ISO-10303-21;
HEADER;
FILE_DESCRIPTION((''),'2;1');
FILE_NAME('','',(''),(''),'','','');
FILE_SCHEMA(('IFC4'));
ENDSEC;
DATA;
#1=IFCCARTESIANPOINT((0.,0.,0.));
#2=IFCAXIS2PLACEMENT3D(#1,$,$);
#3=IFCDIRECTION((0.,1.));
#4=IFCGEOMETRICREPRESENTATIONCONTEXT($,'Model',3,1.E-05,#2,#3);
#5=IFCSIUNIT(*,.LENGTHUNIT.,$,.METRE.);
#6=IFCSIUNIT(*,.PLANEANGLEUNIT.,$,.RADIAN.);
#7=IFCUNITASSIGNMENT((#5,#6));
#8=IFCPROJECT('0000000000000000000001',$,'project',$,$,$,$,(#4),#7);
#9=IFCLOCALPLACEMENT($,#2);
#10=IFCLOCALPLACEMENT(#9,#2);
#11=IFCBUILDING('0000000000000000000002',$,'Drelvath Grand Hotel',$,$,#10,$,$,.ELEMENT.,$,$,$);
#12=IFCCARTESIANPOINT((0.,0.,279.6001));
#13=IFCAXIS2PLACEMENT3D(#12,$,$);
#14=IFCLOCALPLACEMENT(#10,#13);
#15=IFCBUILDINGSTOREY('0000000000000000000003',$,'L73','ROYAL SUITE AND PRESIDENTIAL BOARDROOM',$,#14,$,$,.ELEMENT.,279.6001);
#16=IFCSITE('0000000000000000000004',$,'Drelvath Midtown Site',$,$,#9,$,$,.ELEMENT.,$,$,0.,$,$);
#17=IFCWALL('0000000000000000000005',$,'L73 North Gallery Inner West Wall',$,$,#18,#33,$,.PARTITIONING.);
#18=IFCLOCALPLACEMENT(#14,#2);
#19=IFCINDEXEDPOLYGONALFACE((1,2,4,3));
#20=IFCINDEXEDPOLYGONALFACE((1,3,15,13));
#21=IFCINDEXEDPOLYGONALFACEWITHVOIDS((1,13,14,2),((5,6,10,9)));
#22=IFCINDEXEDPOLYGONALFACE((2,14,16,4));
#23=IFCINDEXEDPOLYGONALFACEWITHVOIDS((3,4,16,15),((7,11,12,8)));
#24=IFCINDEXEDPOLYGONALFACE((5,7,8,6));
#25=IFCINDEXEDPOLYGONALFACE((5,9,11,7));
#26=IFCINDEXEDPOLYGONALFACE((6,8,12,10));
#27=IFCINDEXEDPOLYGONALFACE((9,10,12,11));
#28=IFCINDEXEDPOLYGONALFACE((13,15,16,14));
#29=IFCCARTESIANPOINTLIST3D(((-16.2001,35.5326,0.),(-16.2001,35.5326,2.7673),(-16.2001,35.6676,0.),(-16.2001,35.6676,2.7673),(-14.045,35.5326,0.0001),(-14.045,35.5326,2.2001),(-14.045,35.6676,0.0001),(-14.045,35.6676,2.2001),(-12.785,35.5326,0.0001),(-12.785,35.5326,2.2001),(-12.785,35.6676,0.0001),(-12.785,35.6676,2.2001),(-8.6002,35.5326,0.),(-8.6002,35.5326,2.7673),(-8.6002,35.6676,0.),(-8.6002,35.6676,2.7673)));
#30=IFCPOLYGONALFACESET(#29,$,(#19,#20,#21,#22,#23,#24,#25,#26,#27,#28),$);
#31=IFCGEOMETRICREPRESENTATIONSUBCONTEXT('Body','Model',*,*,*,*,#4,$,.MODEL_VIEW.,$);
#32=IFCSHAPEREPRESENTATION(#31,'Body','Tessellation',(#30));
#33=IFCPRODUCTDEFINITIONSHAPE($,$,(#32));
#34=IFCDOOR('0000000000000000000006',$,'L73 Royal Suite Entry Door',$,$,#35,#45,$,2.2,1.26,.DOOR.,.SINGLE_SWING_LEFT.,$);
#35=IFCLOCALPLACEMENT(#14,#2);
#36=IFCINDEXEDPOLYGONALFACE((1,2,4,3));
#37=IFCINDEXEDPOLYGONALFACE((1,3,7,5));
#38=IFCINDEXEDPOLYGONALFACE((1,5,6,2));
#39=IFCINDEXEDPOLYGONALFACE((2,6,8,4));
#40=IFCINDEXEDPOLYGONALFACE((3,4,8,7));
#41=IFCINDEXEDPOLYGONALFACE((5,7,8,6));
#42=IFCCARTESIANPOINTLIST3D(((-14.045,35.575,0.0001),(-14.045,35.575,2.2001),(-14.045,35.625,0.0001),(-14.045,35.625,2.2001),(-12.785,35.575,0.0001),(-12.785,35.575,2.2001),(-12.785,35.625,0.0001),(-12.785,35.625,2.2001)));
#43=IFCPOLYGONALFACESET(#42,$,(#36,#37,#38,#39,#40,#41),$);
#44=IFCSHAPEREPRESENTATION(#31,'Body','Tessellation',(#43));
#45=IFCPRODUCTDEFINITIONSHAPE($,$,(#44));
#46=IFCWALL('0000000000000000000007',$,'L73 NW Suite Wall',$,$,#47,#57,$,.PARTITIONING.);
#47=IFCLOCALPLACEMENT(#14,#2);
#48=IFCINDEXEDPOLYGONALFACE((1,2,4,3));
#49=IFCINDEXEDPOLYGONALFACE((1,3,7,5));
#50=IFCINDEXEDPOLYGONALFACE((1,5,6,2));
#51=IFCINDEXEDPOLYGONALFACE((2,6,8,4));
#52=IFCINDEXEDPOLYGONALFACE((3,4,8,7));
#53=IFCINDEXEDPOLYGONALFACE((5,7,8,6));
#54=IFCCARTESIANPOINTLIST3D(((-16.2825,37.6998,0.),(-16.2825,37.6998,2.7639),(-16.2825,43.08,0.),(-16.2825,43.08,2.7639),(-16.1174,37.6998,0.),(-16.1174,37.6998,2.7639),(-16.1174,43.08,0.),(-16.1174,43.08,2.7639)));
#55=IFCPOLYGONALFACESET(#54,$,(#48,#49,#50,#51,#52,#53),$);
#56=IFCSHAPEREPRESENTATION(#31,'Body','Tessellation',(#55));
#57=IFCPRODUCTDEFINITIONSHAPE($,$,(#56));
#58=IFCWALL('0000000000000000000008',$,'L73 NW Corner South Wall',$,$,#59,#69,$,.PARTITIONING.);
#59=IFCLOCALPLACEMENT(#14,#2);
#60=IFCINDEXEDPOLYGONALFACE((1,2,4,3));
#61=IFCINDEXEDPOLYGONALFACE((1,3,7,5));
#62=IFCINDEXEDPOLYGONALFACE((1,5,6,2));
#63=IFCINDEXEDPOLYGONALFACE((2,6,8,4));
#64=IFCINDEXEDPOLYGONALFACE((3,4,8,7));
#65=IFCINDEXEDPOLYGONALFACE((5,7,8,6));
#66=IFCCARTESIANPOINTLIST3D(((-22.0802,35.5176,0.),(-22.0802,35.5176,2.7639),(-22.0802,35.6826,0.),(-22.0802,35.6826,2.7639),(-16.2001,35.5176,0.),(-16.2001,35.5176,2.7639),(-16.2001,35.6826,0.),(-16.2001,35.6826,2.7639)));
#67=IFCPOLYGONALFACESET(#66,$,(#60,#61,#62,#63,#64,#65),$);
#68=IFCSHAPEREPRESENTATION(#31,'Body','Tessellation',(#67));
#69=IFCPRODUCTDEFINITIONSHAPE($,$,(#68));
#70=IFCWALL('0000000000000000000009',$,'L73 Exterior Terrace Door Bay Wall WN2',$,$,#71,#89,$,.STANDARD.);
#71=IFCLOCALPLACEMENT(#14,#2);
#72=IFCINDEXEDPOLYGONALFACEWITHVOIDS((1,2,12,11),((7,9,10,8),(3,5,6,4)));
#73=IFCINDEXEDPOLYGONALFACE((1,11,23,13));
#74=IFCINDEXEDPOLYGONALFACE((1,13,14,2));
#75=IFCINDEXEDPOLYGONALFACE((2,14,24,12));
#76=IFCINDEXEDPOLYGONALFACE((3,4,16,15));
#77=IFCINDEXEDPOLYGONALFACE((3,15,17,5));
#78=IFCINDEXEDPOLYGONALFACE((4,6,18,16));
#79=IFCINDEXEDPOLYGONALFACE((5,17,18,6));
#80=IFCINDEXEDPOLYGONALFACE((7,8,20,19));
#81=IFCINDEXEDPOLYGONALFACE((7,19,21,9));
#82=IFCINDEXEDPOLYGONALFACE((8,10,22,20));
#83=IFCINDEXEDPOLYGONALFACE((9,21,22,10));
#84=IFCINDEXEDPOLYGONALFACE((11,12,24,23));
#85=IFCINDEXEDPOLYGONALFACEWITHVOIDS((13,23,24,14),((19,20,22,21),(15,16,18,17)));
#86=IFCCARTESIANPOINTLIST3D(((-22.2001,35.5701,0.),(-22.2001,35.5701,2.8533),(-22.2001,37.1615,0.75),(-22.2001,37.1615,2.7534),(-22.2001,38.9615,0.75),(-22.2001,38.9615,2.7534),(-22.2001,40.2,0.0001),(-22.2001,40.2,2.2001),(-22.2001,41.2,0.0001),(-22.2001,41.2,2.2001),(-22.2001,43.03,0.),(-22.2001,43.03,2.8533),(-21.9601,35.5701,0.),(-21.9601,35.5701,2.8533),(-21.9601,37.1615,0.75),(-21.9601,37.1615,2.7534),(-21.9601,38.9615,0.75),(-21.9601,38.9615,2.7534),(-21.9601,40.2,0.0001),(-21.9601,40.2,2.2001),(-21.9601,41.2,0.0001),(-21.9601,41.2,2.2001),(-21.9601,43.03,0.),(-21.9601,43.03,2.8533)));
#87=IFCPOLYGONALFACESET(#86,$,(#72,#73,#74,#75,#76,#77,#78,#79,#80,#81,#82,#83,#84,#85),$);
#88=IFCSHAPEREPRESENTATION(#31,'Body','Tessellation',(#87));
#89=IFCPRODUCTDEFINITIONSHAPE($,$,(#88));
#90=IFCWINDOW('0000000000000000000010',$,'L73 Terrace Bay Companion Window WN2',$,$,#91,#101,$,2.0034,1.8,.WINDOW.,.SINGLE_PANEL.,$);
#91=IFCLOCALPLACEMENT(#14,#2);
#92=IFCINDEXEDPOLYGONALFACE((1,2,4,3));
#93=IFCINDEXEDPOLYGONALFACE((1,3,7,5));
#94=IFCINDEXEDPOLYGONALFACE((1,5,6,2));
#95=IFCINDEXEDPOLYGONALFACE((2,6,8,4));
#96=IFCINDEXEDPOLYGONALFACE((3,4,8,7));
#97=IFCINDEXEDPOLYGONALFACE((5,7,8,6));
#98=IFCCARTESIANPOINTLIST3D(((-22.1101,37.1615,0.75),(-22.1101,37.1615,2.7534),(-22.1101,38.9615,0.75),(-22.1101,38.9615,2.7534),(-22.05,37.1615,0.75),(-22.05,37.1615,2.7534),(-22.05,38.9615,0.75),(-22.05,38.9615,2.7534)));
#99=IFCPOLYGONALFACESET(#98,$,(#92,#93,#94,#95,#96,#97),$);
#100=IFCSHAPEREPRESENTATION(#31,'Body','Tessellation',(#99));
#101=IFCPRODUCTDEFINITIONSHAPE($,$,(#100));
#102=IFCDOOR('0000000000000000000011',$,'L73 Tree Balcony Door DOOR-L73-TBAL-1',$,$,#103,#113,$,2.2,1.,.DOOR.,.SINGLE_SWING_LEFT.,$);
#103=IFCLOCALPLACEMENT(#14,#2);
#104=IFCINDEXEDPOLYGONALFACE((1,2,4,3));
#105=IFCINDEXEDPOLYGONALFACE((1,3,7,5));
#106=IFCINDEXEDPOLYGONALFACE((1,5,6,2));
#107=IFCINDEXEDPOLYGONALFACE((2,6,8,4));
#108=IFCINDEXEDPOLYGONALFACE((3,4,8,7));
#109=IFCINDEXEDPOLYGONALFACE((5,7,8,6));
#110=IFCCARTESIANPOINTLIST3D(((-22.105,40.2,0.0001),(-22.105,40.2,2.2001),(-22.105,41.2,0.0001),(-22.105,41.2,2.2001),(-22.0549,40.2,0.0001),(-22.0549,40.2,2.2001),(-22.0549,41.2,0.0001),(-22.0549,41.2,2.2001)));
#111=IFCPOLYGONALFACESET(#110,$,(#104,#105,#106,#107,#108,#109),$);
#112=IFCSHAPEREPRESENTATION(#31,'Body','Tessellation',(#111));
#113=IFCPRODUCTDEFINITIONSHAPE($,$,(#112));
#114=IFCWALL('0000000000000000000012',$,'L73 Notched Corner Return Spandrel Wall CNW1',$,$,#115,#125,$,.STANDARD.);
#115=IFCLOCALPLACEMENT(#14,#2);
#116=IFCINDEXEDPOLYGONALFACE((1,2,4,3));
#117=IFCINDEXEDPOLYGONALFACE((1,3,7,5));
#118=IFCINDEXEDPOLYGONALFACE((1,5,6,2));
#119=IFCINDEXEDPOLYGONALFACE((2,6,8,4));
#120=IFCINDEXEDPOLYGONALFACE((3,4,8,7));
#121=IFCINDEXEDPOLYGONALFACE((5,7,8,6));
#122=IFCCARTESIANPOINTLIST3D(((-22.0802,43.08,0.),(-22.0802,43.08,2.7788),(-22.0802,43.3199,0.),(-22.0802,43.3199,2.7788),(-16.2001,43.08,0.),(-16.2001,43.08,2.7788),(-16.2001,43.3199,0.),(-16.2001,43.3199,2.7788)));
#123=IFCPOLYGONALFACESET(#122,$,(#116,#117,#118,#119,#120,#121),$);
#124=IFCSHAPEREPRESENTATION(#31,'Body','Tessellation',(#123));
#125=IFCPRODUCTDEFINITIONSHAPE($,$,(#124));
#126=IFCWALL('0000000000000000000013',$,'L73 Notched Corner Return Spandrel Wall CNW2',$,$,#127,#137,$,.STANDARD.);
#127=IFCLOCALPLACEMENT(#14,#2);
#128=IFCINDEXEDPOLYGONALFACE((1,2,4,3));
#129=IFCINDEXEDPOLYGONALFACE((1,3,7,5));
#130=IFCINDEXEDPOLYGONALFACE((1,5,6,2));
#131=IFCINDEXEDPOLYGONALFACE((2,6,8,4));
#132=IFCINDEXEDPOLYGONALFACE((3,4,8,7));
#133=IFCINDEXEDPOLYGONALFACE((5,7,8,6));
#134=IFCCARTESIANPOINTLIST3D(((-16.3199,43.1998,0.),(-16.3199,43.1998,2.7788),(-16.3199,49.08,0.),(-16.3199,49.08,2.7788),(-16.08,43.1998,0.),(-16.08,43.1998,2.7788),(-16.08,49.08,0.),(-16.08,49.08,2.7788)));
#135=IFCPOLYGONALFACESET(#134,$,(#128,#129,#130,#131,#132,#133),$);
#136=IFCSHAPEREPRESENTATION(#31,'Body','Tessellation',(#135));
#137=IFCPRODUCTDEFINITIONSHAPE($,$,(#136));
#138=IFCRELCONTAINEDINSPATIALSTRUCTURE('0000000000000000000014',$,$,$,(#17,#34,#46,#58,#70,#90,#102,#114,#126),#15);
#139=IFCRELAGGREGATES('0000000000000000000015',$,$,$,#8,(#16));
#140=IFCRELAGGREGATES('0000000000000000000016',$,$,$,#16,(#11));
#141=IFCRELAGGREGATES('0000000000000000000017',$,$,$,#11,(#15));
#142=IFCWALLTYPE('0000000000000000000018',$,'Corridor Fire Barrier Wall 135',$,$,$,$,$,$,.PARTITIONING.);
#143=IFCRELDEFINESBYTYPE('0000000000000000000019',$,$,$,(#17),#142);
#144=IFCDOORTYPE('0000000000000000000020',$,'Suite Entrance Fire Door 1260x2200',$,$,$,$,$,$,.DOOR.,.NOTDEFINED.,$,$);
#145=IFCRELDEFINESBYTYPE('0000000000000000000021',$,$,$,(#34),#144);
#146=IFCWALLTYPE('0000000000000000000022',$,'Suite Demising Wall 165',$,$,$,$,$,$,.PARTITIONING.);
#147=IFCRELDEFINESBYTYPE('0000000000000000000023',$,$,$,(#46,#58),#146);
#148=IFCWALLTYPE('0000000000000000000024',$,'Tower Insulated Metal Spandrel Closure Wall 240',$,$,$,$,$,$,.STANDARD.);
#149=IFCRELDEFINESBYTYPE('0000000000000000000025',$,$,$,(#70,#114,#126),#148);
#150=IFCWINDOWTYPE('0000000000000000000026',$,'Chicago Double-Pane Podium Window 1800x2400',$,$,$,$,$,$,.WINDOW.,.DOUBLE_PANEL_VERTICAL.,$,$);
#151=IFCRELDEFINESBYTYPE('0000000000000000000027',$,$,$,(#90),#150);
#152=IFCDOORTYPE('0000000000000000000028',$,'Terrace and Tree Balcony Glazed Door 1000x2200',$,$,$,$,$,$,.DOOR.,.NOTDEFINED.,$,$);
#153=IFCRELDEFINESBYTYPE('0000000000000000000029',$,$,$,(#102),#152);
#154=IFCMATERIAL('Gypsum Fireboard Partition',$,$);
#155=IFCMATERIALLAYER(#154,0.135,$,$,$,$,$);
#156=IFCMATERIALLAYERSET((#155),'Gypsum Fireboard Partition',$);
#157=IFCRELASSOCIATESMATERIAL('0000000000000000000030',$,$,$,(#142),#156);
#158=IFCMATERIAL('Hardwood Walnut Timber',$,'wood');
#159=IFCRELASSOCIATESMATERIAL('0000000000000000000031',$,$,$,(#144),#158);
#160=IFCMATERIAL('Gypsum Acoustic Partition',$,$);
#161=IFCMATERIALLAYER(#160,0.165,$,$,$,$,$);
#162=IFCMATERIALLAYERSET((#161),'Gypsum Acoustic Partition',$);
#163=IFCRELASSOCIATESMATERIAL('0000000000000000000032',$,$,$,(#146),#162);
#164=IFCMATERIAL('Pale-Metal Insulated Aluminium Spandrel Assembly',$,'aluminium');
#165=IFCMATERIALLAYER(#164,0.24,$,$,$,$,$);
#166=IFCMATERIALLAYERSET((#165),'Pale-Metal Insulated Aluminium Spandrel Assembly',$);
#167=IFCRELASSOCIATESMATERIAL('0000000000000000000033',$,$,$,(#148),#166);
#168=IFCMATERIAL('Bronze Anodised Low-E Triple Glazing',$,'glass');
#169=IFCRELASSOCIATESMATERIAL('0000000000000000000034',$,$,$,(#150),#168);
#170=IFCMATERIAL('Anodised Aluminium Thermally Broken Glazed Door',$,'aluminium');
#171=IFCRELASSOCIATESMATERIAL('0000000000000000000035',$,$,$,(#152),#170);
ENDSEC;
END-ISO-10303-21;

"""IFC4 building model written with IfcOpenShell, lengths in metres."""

from ifc_helpers import new_model, si_unit, direction, frame, frame_2d, origin, place, context, subcontext, project, spatial, rectangle, extrude, material, layer, layer_set, type_object, element, fill, save


model = new_model("IFC4")

# Units and contexts
model_context = context("Model", 3, precision=1e-05, world=origin(), true_north=direction((0.0, 1.0)))
body_context = subcontext(model_context, "Body", "Model", "MODEL_VIEW")
ifc_project = project(units=[si_unit("LENGTHUNIT", "METRE"), si_unit("PLANEANGLEUNIT", "RADIAN")], contexts=[model_context])

# Site, building, storey
site_placement = place(None, origin())
site = spatial("IfcSite", under=ifc_project, at=site_placement, Name="Drelvath Midtown Site", CompositionType="ELEMENT", RefElevation=0.0)
building_placement = place(site_placement, origin())
building = spatial("IfcBuilding", under=site, at=building_placement, Name="Drelvath Grand Hotel", CompositionType="ELEMENT")
storey_placement = place(building_placement, frame((0.0, 0.0, 279.6001)))
storey = spatial("IfcBuildingStorey", under=building, at=storey_placement, Name="L73", Description="ROYAL SUITE AND PRESIDENTIAL BOARDROOM", CompositionType="ELEMENT", Elevation=279.6001)

# Shared definitions
ifc_material_1 = material(Name="Gypsum Fireboard Partition")
ifc_layer_1 = layer(ifc_material_1, 0.135)
ifc_layer_set_1 = layer_set([ifc_layer_1], Name="Gypsum Fireboard Partition")
wall_type_1 = type_object("IfcWallType", Name="Corridor Fire Barrier Wall 135", PredefinedType="PARTITIONING", material=ifc_layer_set_1)
ifc_material_2 = material(Name="Hardwood Walnut Timber", Category="wood")
door_type_1 = type_object("IfcDoorType", Name="Suite Entrance Fire Door 1260x2200", OperationType="NOTDEFINED", PredefinedType="DOOR", material=ifc_material_2)

# Wall, opening, door
wall_1_placement = place(storey_placement, frame((-16.2, 35.6001, 0.0), z_axis=(0.0, 0.0, 1.0), x_axis=(1.0, 0.0, 0.0)))
wall_1 = element("IfcWall", 1, at=wall_1_placement, inside=storey, type_object=wall_type_1, Name="L73 North Gallery Inner West Wall", PredefinedType="PARTITIONING", context=body_context, shape_type="SweptSolid", body=[
    extrude(rectangle(XDim=7.5999, YDim=0.135, at=frame_2d((3.7998, 0.0))), origin(), (0.0, 0.0, 1.0), 2.7673),
])
opening_1_placement = place(wall_1_placement, frame((2.155, 0.0, 0.0)))
opening_1 = element("IfcOpeningElement", 2, at=opening_1_placement, cuts=wall_1, PredefinedType="OPENING", context=body_context, shape_type="SweptSolid", body=[
    extrude(rectangle(XDim=1.26, YDim=2.2, at=frame_2d((0.6299, 1.1001))), frame((0.0, 0.0774, 0.0), z_axis=(0.0, -1.0, 0.0), x_axis=(1.0, 0.0, 0.0)), (0.0, 0.0, 1.0), 0.155),
])
door_1_placement = place(opening_1_placement, origin())
door_1 = element("IfcDoor", 3, at=door_1_placement, inside=storey, type_object=door_type_1, Name="L73 Royal Suite Entry Door", OperationType="SINGLE_SWING_LEFT", OverallHeight=2.2, OverallWidth=1.26, PredefinedType="DOOR", context=body_context, shape_type="SweptSolid", body=[
    extrude(rectangle(XDim=1.26, YDim=2.2, at=frame_2d((0.6299, 1.1001))), frame((0.0, 0.0249, 0.0), z_axis=(0.0, -1.0, 0.0), x_axis=(1.0, 0.0, 0.0)), (0.0, 0.0, 1.0), 0.05),
])
fill(opening_1, door_1)

# Walls
ifc_material_3 = material(Name="Gypsum Acoustic Partition")
ifc_layer_2 = layer(ifc_material_3, 0.165)
ifc_layer_set_2 = layer_set([ifc_layer_2], Name="Gypsum Acoustic Partition")
wall_type_2 = type_object("IfcWallType", Name="Suite Demising Wall 165", PredefinedType="PARTITIONING", material=ifc_layer_set_2)
wall_2_placement = place(storey_placement, frame((-16.2, 37.7, 0.0), z_axis=(0.0, 0.0, 1.0), x_axis=(0.0, 1.0, 0.0)))
element("IfcWall", 4, at=wall_2_placement, inside=storey, type_object=wall_type_2, Name="L73 NW Suite Wall", PredefinedType="PARTITIONING", context=body_context, shape_type="SweptSolid", body=[
    extrude(rectangle(XDim=5.3801, YDim=0.165, at=frame_2d((2.6899, 0.0))), origin(), (0.0, 0.0, 1.0), 2.7639),
])
wall_3_placement = place(storey_placement, frame((-22.0801, 35.6001, 0.0), z_axis=(0.0, 0.0, 1.0), x_axis=(1.0, 0.0, 0.0)))
element("IfcWall", 5, at=wall_3_placement, inside=storey, type_object=wall_type_2, Name="L73 NW Corner South Wall", PredefinedType="PARTITIONING", context=body_context, shape_type="SweptSolid", body=[
    extrude(rectangle(XDim=5.8801, YDim=0.165, at=frame_2d((2.9399, 0.0))), origin(), (0.0, 0.0, 1.0), 2.7639),
])

# Wall, openings, window, door
ifc_material_4 = material(Name="Pale-Metal Insulated Aluminium Spandrel Assembly", Category="aluminium")
ifc_layer_3 = layer(ifc_material_4, 0.24)
ifc_layer_set_3 = layer_set([ifc_layer_3], Name="Pale-Metal Insulated Aluminium Spandrel Assembly")
wall_type_3 = type_object("IfcWallType", Name="Tower Insulated Metal Spandrel Closure Wall 240", PredefinedType="STANDARD", material=ifc_layer_set_3)
wall_4_placement = place(storey_placement, frame((-22.0801, 35.5701, 0.0), z_axis=(0.0, 0.0, 1.0), x_axis=(0.0, 1.0, 0.0)))
wall_4 = element("IfcWall", 6, at=wall_4_placement, inside=storey, type_object=wall_type_3, Name="L73 Exterior Terrace Door Bay Wall WN2", PredefinedType="STANDARD", context=body_context, shape_type="SweptSolid", body=[
    extrude(rectangle(XDim=7.46, YDim=0.24, at=frame_2d((3.73, 0.0))), origin(), (0.0, 0.0, 1.0), 2.8533),
])
opening_2_placement = place(wall_4_placement, frame((4.6299, 0.0, 0.0)))
opening_2 = element("IfcOpeningElement", 7, at=opening_2_placement, cuts=wall_4, PredefinedType="OPENING", context=body_context, shape_type="SweptSolid", body=[
    extrude(rectangle(XDim=1.0, YDim=2.2, at=frame_2d((0.5, 1.1001))), frame((0.0, 0.1299, 0.0), z_axis=(0.0, -1.0, 0.0), x_axis=(1.0, 0.0, 0.0)), (0.0, 0.0, 1.0), 0.26),
])
opening_3_placement = place(wall_4_placement, frame((1.5916, 0.0, 0.75)))
opening_3 = element("IfcOpeningElement", 8, at=opening_3_placement, cuts=wall_4, PredefinedType="OPENING", context=body_context, shape_type="SweptSolid", body=[
    extrude(rectangle(XDim=1.8, YDim=2.0034, at=frame_2d((0.8999, 1.0017))), frame((0.0, 0.1299, 0.0), z_axis=(0.0, -1.0, 0.0), x_axis=(1.0, 0.0, 0.0)), (0.0, 0.0, 1.0), 0.26),
])
ifc_material_5 = material(Name="Bronze Anodised Low-E Triple Glazing", Category="glass")
window_type = type_object("IfcWindowType", Name="Chicago Double-Pane Podium Window 1800x2400", PartitioningType="DOUBLE_PANEL_VERTICAL", PredefinedType="WINDOW", material=ifc_material_5)
window_placement = place(opening_3_placement, origin())
window = element("IfcWindow", 9, at=window_placement, inside=storey, type_object=window_type, Name="L73 Terrace Bay Companion Window WN2", OverallHeight=2.0034, OverallWidth=1.8, PartitioningType="SINGLE_PANEL", PredefinedType="WINDOW", context=body_context, shape_type="SweptSolid", body=[
    extrude(rectangle(XDim=1.8, YDim=2.0034, at=frame_2d((0.8999, 1.0017))), frame((0.0, 0.03, 0.0), z_axis=(0.0, -1.0, 0.0), x_axis=(1.0, 0.0, 0.0)), (0.0, 0.0, 1.0), 0.0601),
])
fill(opening_3, window)
ifc_material_6 = material(Name="Anodised Aluminium Thermally Broken Glazed Door", Category="aluminium")
door_type_2 = type_object("IfcDoorType", Name="Terrace and Tree Balcony Glazed Door 1000x2200", OperationType="NOTDEFINED", PredefinedType="DOOR", material=ifc_material_6)
door_2_placement = place(opening_2_placement, origin())
door_2 = element("IfcDoor", 10, at=door_2_placement, inside=storey, type_object=door_type_2, Name="L73 Tree Balcony Door DOOR-L73-TBAL-1", OperationType="SINGLE_SWING_LEFT", OverallHeight=2.2, OverallWidth=1.0, PredefinedType="DOOR", context=body_context, shape_type="SweptSolid", body=[
    extrude(rectangle(XDim=1.0, YDim=2.2, at=frame_2d((0.5, 1.1001))), frame((0.0, 0.0249, 0.0), z_axis=(0.0, -1.0, 0.0), x_axis=(1.0, 0.0, 0.0)), (0.0, 0.0, 1.0), 0.05),
])
fill(opening_2, door_2)

# Walls
for number, where, z_axis, x_axis, name in (
    (11, (-22.0801, 43.2, 0.0), (0.0, 0.0, 1.0), (1.0, 0.0, 0.0), "L73 Notched Corner Return Spandrel Wall CNW1"),
    (12, (-16.2, 43.2, 0.0), (0.0, 0.0, 1.0), (0.0, 1.0, 0.0), "L73 Notched Corner Return Spandrel Wall CNW2"),
):
    element("IfcWall", number, at=place(storey_placement, frame(where, z_axis=z_axis, x_axis=x_axis)), inside=storey, type_object=wall_type_3, Name=name, PredefinedType="STANDARD", context=body_context, shape_type="SweptSolid", body=[
        extrude(rectangle(XDim=5.8801, YDim=0.24, at=frame_2d((2.9399, 0.0))), origin(), (0.0, 0.0, 1.0), 2.7788),
    ])

save(model, "model.ifc")
